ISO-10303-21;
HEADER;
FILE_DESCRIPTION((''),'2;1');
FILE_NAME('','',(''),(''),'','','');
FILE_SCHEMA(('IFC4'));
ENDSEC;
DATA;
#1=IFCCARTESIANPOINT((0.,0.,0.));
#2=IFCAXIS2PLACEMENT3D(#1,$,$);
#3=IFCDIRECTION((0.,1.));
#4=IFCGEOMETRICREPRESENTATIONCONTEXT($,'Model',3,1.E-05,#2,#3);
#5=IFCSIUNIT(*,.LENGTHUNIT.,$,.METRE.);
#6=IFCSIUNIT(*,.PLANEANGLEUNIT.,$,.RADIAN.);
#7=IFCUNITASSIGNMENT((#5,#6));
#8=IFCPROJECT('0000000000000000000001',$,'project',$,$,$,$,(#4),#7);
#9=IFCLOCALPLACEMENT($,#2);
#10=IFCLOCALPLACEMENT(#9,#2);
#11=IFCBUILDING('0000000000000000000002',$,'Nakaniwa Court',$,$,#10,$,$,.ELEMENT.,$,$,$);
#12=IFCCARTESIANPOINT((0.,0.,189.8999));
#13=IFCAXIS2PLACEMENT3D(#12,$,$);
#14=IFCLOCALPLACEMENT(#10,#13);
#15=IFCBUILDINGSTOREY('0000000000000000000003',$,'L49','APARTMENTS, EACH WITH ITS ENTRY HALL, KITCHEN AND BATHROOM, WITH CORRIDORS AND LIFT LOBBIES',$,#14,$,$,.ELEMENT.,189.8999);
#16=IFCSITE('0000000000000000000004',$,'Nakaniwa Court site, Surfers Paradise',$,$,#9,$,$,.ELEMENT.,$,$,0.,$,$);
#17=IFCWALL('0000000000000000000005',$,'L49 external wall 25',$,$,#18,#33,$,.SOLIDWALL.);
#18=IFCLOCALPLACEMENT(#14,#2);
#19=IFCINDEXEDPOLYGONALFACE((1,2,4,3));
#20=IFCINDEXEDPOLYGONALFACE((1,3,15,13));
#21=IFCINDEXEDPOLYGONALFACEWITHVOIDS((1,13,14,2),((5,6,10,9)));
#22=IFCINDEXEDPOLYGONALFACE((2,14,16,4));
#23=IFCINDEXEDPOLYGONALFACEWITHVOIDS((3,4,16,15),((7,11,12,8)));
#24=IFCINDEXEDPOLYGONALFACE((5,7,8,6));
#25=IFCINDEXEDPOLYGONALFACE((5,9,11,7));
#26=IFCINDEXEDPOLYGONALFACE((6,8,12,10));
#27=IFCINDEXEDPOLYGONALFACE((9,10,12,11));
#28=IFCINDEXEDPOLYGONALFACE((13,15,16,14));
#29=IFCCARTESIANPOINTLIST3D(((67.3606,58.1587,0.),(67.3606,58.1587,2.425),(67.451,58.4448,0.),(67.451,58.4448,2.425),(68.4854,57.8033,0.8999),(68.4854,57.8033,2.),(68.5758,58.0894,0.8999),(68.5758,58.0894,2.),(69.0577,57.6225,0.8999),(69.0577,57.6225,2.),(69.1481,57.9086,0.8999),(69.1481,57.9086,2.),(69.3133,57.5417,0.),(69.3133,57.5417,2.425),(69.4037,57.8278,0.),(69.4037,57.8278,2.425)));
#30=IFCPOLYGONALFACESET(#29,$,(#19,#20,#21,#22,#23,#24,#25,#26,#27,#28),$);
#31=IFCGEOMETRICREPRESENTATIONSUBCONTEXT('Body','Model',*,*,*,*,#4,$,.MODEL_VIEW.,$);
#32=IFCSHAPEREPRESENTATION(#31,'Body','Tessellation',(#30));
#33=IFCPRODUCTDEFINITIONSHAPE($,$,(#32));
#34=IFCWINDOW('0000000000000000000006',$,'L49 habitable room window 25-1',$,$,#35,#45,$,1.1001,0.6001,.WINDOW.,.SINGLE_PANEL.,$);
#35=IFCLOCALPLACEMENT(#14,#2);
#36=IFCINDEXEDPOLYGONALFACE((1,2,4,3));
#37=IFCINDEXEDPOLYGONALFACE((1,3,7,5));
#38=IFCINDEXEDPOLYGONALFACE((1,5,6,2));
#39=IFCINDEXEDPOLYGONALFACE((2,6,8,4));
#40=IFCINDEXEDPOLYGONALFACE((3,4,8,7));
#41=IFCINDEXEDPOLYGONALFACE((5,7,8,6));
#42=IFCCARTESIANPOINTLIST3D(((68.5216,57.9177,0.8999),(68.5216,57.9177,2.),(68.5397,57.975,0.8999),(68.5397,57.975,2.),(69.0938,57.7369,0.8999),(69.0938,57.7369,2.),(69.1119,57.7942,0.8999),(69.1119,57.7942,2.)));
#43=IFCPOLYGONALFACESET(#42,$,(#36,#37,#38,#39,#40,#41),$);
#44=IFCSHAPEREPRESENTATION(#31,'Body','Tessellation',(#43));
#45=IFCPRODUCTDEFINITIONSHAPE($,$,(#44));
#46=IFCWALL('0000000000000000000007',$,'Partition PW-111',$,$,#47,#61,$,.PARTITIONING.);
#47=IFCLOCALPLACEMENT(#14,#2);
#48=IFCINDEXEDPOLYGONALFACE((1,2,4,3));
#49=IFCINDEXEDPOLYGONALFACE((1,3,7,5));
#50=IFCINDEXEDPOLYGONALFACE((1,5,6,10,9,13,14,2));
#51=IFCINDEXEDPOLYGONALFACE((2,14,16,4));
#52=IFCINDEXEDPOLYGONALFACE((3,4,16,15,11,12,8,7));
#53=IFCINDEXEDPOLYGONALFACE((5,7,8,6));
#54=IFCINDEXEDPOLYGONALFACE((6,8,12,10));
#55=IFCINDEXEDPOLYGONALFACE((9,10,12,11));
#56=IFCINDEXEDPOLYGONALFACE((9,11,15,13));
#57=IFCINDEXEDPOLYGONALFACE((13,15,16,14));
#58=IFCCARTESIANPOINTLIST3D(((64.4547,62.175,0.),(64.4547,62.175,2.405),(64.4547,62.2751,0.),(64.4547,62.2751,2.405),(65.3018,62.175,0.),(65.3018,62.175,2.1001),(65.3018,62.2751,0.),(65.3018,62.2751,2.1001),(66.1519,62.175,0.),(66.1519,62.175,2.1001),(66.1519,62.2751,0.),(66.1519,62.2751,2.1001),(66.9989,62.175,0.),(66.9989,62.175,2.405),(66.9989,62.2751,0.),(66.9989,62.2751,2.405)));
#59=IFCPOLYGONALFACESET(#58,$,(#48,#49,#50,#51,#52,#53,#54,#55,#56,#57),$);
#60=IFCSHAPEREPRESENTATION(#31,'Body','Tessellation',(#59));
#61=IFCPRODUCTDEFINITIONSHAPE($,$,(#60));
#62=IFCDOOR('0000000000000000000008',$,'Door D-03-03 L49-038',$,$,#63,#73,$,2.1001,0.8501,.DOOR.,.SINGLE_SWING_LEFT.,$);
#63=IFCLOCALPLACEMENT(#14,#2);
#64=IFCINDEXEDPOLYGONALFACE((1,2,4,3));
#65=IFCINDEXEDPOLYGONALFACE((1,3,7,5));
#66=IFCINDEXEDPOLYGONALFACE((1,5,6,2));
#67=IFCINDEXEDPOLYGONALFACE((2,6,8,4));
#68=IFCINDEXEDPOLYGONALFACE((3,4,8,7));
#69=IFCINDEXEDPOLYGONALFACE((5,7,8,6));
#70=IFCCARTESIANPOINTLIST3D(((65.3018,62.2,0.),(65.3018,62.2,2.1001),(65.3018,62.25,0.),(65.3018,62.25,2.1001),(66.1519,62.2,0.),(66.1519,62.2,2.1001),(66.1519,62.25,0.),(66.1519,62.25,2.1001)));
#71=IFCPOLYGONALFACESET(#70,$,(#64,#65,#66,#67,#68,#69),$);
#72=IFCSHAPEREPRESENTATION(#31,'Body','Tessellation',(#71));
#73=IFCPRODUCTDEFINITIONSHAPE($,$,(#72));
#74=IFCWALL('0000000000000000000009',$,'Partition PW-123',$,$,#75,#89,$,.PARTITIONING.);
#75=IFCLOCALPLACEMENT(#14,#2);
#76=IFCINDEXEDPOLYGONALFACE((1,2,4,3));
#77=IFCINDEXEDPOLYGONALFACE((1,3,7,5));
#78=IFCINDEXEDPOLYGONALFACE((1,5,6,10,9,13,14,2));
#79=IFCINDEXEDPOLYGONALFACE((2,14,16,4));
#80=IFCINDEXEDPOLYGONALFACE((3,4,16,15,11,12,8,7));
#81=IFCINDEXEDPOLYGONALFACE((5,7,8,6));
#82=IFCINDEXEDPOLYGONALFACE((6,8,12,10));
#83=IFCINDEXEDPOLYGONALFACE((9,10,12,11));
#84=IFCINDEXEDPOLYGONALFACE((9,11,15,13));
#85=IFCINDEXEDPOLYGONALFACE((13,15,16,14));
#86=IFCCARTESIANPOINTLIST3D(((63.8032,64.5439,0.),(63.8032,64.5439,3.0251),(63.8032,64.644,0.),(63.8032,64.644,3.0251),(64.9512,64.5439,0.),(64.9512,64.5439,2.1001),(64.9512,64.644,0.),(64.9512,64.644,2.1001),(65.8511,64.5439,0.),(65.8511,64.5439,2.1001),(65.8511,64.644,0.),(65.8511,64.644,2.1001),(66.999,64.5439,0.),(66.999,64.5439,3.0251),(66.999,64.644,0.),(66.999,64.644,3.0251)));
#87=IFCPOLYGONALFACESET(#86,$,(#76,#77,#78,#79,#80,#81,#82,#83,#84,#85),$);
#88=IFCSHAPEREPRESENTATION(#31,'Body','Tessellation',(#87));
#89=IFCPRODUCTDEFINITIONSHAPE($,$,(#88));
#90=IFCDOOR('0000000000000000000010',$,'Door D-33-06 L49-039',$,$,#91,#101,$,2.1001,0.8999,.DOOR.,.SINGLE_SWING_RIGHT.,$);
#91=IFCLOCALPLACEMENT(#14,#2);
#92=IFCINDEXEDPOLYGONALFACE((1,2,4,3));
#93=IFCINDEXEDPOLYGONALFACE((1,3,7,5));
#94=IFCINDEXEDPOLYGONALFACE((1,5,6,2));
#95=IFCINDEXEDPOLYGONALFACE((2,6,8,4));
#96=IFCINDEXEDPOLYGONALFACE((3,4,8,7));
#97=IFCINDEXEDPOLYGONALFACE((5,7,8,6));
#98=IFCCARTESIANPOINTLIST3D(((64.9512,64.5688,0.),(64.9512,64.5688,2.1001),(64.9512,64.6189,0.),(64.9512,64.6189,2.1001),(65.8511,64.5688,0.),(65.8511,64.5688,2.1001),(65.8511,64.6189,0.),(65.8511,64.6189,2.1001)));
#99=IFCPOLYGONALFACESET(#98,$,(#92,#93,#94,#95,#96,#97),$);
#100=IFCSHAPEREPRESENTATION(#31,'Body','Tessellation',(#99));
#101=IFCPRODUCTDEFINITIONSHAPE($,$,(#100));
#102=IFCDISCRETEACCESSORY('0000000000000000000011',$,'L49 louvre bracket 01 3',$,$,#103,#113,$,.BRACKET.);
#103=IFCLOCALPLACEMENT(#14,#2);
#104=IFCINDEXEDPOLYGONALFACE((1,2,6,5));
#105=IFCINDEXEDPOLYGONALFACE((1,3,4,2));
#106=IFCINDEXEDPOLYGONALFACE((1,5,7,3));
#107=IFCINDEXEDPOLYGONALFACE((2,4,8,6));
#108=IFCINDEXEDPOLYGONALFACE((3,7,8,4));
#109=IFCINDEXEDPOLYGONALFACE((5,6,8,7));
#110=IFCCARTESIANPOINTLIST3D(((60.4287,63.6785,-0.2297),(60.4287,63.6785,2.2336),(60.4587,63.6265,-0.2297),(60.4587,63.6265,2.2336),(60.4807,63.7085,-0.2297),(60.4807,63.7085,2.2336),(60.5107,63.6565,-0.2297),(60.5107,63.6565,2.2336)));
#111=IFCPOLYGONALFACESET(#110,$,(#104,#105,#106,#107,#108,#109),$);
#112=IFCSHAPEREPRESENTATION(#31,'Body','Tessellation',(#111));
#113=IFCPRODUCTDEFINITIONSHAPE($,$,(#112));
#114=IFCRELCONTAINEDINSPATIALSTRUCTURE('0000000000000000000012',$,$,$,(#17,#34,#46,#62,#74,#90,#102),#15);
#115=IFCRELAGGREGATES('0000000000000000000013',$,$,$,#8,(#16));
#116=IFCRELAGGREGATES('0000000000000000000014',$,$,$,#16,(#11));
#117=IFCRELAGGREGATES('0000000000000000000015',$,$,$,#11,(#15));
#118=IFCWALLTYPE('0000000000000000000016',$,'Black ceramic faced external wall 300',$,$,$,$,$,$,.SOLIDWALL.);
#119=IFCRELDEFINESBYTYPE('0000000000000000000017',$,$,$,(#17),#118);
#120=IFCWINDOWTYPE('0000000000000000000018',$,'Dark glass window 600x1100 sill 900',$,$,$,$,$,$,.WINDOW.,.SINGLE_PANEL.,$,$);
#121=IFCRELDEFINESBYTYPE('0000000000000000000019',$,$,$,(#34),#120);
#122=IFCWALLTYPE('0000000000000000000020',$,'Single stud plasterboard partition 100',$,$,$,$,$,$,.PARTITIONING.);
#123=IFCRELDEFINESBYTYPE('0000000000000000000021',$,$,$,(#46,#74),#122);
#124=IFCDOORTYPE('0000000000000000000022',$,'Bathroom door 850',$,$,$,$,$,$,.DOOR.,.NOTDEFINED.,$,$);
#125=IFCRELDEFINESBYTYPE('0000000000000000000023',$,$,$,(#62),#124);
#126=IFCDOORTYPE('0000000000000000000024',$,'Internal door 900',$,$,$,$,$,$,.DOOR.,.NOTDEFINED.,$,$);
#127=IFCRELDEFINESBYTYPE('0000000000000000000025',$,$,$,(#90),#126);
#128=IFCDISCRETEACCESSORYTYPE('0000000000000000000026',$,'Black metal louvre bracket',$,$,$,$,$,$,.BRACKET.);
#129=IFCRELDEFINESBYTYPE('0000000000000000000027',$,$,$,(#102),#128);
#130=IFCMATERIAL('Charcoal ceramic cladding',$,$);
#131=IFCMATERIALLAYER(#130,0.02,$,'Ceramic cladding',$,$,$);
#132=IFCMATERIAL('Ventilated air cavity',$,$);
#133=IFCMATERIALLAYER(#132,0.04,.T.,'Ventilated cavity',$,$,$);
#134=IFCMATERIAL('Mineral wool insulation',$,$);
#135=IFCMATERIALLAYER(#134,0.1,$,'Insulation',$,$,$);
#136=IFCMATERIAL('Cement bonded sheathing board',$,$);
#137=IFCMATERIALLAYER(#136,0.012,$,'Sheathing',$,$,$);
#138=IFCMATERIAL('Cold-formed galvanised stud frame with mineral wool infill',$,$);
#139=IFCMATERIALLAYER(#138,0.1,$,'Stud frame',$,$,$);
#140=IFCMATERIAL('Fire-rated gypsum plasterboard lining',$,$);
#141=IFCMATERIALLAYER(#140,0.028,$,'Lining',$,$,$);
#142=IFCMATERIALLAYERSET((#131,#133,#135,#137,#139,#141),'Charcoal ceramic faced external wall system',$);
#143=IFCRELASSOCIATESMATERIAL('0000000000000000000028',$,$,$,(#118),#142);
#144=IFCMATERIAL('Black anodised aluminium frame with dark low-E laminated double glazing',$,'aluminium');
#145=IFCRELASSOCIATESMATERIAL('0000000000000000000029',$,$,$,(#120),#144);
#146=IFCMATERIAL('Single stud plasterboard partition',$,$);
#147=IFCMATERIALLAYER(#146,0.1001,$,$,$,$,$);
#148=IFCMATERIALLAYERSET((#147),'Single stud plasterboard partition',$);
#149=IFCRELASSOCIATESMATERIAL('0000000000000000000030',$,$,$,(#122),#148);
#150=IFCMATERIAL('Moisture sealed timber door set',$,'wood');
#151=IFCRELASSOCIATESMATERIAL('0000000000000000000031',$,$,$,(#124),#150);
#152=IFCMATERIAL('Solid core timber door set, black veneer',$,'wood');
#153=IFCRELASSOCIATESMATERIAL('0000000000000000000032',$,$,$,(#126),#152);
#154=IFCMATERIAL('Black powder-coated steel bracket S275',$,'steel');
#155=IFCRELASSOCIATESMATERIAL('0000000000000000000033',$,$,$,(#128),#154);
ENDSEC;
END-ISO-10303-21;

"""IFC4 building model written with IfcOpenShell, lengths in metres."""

from ifc_helpers import new_model, si_unit, direction, frame, frame_2d, origin, origin_2d, place, context, subcontext, project, spatial, rectangle, extrude, material, layer, layer_set, type_object, element, fill, save


model = new_model("IFC4")

# Units and contexts
model_context = context("Model", 3, precision=1e-05, world=origin(), true_north=direction((0.0, 1.0)))
body_context = subcontext(model_context, "Body", "Model", "MODEL_VIEW")
ifc_project = project(units=[si_unit("LENGTHUNIT", "METRE"), si_unit("PLANEANGLEUNIT", "RADIAN")], contexts=[model_context])

# Site, building, storey
site_placement = place(None, origin())
site = spatial("IfcSite", under=ifc_project, at=site_placement, Name="Nakaniwa Court site, Surfers Paradise", CompositionType="ELEMENT", RefElevation=0.0)
building_placement = place(site_placement, origin())
building = spatial("IfcBuilding", under=site, at=building_placement, Name="Nakaniwa Court", CompositionType="ELEMENT")
storey_placement = place(building_placement, frame((0.0, 0.0, 189.8999)))
storey = spatial("IfcBuildingStorey", under=building, at=storey_placement, Name="L49", Description="APARTMENTS, EACH WITH ITS ENTRY HALL, KITCHEN AND BATHROOM, WITH CORRIDORS AND LIFT LOBBIES", CompositionType="ELEMENT", Elevation=189.8999)

# Shared definitions
ifc_material_1 = material(Name="Solid core timber door set, black veneer", Category="wood")

# Shared definitions
ifc_material_2 = material(Name="Charcoal ceramic cladding")
ifc_layer_1 = layer(ifc_material_2, 0.02, Name="Ceramic cladding")
ifc_material_3 = material(Name="Ventilated air cavity")
ifc_layer_2 = layer(ifc_material_3, 0.04, ventilated=True, Name="Ventilated cavity")
ifc_material_4 = material(Name="Mineral wool insulation")
ifc_layer_3 = layer(ifc_material_4, 0.1, Name="Insulation")
ifc_material_5 = material(Name="Cement bonded sheathing board")
ifc_layer_4 = layer(ifc_material_5, 0.012, Name="Sheathing")
ifc_material_6 = material(Name="Cold-formed galvanised stud frame with mineral wool infill")
ifc_layer_5 = layer(ifc_material_6, 0.1, Name="Stud frame")
ifc_material_7 = material(Name="Fire-rated gypsum plasterboard lining")
ifc_layer_6 = layer(ifc_material_7, 0.028, Name="Lining")
ifc_layer_set_1 = layer_set([ifc_layer_1, ifc_layer_2, ifc_layer_3, ifc_layer_4, ifc_layer_5, ifc_layer_6], Name="Charcoal ceramic faced external wall system")
wall_type_1 = type_object("IfcWallType", Name="Black ceramic faced external wall 300", PredefinedType="SOLIDWALL", material=ifc_layer_set_1)
ifc_material_8 = material(Name="Black anodised aluminium frame with dark low-E laminated double glazing", Category="aluminium")

# Wall, opening, window
wall_1_placement = place(storey_placement, frame((67.4058, 58.3018, 0.0), z_axis=(0.0, 0.0, 1.0), x_axis=(0.953538, -0.301274, 0.0)))
wall_1 = element("IfcWall", 1, at=wall_1_placement, inside=storey, type_object=wall_type_1, Name="L49 external wall 25", PredefinedType="SOLIDWALL", context=body_context, shape_type="SweptSolid", body=[
    extrude(rectangle(XDim=2.0479, YDim=0.3, at=frame_2d((1.0239, 0.0))), origin(), (0.0, 0.0, 1.0), 2.425),
])
opening_1_placement = place(wall_1_placement, frame((1.1797, 0.0, 0.8999)))
opening_1 = element("IfcOpeningElement", 2, at=opening_1_placement, cuts=wall_1, PredefinedType="OPENING", context=body_context, shape_type="SweptSolid", body=[
    extrude(rectangle(XDim=0.6001, YDim=1.1001, at=frame_2d((0.3, 0.55))), frame((0.0, 0.1599, 0.0), z_axis=(0.0, -1.0, 0.0), x_axis=(1.0, 0.0, 0.0)), (0.0, 0.0, 1.0), 0.3201),
])
window_type_1 = type_object("IfcWindowType", Name="Dark glass window 600x1100 sill 900", PartitioningType="SINGLE_PANEL", PredefinedType="WINDOW", material=ifc_material_8)
window_1_placement = place(opening_1_placement, origin())
window_1 = element("IfcWindow", 3, at=window_1_placement, inside=storey, type_object=window_type_1, Name="L49 habitable room window 25-1", OverallHeight=1.1001, OverallWidth=0.6001, PartitioningType="SINGLE_PANEL", PredefinedType="WINDOW", context=body_context, shape_type="SweptSolid", body=[
    extrude(rectangle(XDim=0.6001, YDim=1.1001, at=frame_2d((0.3, 0.55))), frame((0.0, 0.03, 0.0), z_axis=(0.0, -1.0, 0.0), x_axis=(1.0, 0.0, 0.0)), (0.0, 0.0, 1.0), 0.0601),
])
fill(opening_1, window_1)

# Walls, openings, doors
ifc_material_9 = material(Name="Single stud plasterboard partition")
ifc_layer_7 = layer(ifc_material_9, 0.1001)
ifc_layer_set_2 = layer_set([ifc_layer_7], Name="Single stud plasterboard partition")
wall_type_2 = type_object("IfcWallType", Name="Single stud plasterboard partition 100", PredefinedType="PARTITIONING", material=ifc_layer_set_2)
wall_2_placement = place(storey_placement, frame((64.4548, 62.2251, 0.0), z_axis=(0.0, 0.0, 1.0), x_axis=(1.0, 0.0, 0.0)))
wall_2 = element("IfcWall", 4, at=wall_2_placement, inside=storey, type_object=wall_type_2, Name="Partition PW-111", PredefinedType="PARTITIONING", context=body_context, shape_type="SweptSolid", body=[
    extrude(rectangle(XDim=2.5442, YDim=0.1001, at=frame_2d((1.272, 0.0))), origin(), (0.0, 0.0, 1.0), 2.405),
])
opening_2_placement = place(wall_2_placement, frame((0.8469, 0.0, 0.0)))
opening_2 = element("IfcOpeningElement", 5, at=opening_2_placement, cuts=wall_2, PredefinedType="OPENING", context=body_context, shape_type="SweptSolid", body=[
    extrude(rectangle(XDim=0.8501, YDim=2.1001, at=frame_2d((0.425, 1.05))), frame((0.0, 0.0601, 0.0), z_axis=(0.0, -1.0, 0.0), x_axis=(1.0, 0.0, 0.0)), (0.0, 0.0, 1.0), 0.1201),
])
ifc_material_10 = material(Name="Moisture sealed timber door set", Category="wood")
door_type_1 = type_object("IfcDoorType", Name="Bathroom door 850", OperationType="NOTDEFINED", PredefinedType="DOOR", material=ifc_material_10)
door_1_placement = place(opening_2_placement, origin())
door_1 = element("IfcDoor", 6, at=door_1_placement, inside=storey, type_object=door_type_1, Name="Door D-03-03 L49-038", OperationType="SINGLE_SWING_LEFT", OverallHeight=2.1001, OverallWidth=0.8501, PredefinedType="DOOR", context=body_context, shape_type="SweptSolid", body=[
    extrude(rectangle(XDim=0.8501, YDim=2.1001, at=frame_2d((0.425, 1.05))), frame((0.0, 0.0249, 0.0), z_axis=(0.0, -1.0, 0.0), x_axis=(1.0, 0.0, 0.0)), (0.0, 0.0, 1.0), 0.05),
])
fill(opening_2, door_1)
wall_3_placement = place(storey_placement, frame((63.8032, 64.594, 0.0), z_axis=(0.0, 0.0, 1.0), x_axis=(1.0, 0.0, 0.0)))
wall_3 = element("IfcWall", 7, at=wall_3_placement, inside=storey, type_object=wall_type_2, Name="Partition PW-123", PredefinedType="PARTITIONING", context=body_context, shape_type="SweptSolid", body=[
    extrude(rectangle(XDim=3.1958, YDim=0.1001, at=frame_2d((1.5979, 0.0))), origin(), (0.0, 0.0, 1.0), 3.0251),
])
opening_3_placement = place(wall_3_placement, frame((1.1479, 0.0, 0.0)))
opening_3 = element("IfcOpeningElement", 8, at=opening_3_placement, cuts=wall_3, PredefinedType="OPENING", context=body_context, shape_type="SweptSolid", body=[
    extrude(rectangle(XDim=0.8999, YDim=2.1001, at=frame_2d((0.45, 1.05))), frame((0.0, 0.0601, 0.0), z_axis=(0.0, -1.0, 0.0), x_axis=(1.0, 0.0, 0.0)), (0.0, 0.0, 1.0), 0.1201),
])
door_type_2 = type_object("IfcDoorType", Name="Internal door 900", OperationType="NOTDEFINED", PredefinedType="DOOR", material=ifc_material_1)
door_2_placement = place(opening_3_placement, origin())
door_2 = element("IfcDoor", 9, at=door_2_placement, inside=storey, type_object=door_type_2, Name="Door D-33-06 L49-039", OperationType="SINGLE_SWING_RIGHT", OverallHeight=2.1001, OverallWidth=0.8999, PredefinedType="DOOR", context=body_context, shape_type="SweptSolid", body=[
    extrude(rectangle(XDim=0.8999, YDim=2.1001, at=frame_2d((0.45, 1.05))), frame((0.0, 0.0249, 0.0), z_axis=(0.0, -1.0, 0.0), x_axis=(1.0, 0.0, 0.0)), (0.0, 0.0, 1.0), 0.05),
])
fill(opening_3, door_2)

# Discrete accessory
ifc_material_11 = material(Name="Black powder-coated steel bracket S275", Category="steel")
discrete_accessory_type = type_object("IfcDiscreteAccessoryType", Name="Black metal louvre bracket", PredefinedType="BRACKET", material=ifc_material_11)
discrete_accessory_placement = place(storey_placement, frame((60.4697, 63.6675, -0.2297), z_axis=(0.0, 0.0, 1.0), x_axis=(0.500017, -0.866016, 0.0)))
element("IfcDiscreteAccessory", 10, at=discrete_accessory_placement, inside=storey, type_object=discrete_accessory_type, Name="L49 louvre bracket 01 3", PredefinedType="BRACKET", context=body_context, shape_type="SweptSolid", body=[
    extrude(rectangle(XDim=0.0601, YDim=0.0601, at=origin_2d()), origin(), (0.0, 0.0, 1.0), 2.4634),
])

save(model, "model.ifc")
